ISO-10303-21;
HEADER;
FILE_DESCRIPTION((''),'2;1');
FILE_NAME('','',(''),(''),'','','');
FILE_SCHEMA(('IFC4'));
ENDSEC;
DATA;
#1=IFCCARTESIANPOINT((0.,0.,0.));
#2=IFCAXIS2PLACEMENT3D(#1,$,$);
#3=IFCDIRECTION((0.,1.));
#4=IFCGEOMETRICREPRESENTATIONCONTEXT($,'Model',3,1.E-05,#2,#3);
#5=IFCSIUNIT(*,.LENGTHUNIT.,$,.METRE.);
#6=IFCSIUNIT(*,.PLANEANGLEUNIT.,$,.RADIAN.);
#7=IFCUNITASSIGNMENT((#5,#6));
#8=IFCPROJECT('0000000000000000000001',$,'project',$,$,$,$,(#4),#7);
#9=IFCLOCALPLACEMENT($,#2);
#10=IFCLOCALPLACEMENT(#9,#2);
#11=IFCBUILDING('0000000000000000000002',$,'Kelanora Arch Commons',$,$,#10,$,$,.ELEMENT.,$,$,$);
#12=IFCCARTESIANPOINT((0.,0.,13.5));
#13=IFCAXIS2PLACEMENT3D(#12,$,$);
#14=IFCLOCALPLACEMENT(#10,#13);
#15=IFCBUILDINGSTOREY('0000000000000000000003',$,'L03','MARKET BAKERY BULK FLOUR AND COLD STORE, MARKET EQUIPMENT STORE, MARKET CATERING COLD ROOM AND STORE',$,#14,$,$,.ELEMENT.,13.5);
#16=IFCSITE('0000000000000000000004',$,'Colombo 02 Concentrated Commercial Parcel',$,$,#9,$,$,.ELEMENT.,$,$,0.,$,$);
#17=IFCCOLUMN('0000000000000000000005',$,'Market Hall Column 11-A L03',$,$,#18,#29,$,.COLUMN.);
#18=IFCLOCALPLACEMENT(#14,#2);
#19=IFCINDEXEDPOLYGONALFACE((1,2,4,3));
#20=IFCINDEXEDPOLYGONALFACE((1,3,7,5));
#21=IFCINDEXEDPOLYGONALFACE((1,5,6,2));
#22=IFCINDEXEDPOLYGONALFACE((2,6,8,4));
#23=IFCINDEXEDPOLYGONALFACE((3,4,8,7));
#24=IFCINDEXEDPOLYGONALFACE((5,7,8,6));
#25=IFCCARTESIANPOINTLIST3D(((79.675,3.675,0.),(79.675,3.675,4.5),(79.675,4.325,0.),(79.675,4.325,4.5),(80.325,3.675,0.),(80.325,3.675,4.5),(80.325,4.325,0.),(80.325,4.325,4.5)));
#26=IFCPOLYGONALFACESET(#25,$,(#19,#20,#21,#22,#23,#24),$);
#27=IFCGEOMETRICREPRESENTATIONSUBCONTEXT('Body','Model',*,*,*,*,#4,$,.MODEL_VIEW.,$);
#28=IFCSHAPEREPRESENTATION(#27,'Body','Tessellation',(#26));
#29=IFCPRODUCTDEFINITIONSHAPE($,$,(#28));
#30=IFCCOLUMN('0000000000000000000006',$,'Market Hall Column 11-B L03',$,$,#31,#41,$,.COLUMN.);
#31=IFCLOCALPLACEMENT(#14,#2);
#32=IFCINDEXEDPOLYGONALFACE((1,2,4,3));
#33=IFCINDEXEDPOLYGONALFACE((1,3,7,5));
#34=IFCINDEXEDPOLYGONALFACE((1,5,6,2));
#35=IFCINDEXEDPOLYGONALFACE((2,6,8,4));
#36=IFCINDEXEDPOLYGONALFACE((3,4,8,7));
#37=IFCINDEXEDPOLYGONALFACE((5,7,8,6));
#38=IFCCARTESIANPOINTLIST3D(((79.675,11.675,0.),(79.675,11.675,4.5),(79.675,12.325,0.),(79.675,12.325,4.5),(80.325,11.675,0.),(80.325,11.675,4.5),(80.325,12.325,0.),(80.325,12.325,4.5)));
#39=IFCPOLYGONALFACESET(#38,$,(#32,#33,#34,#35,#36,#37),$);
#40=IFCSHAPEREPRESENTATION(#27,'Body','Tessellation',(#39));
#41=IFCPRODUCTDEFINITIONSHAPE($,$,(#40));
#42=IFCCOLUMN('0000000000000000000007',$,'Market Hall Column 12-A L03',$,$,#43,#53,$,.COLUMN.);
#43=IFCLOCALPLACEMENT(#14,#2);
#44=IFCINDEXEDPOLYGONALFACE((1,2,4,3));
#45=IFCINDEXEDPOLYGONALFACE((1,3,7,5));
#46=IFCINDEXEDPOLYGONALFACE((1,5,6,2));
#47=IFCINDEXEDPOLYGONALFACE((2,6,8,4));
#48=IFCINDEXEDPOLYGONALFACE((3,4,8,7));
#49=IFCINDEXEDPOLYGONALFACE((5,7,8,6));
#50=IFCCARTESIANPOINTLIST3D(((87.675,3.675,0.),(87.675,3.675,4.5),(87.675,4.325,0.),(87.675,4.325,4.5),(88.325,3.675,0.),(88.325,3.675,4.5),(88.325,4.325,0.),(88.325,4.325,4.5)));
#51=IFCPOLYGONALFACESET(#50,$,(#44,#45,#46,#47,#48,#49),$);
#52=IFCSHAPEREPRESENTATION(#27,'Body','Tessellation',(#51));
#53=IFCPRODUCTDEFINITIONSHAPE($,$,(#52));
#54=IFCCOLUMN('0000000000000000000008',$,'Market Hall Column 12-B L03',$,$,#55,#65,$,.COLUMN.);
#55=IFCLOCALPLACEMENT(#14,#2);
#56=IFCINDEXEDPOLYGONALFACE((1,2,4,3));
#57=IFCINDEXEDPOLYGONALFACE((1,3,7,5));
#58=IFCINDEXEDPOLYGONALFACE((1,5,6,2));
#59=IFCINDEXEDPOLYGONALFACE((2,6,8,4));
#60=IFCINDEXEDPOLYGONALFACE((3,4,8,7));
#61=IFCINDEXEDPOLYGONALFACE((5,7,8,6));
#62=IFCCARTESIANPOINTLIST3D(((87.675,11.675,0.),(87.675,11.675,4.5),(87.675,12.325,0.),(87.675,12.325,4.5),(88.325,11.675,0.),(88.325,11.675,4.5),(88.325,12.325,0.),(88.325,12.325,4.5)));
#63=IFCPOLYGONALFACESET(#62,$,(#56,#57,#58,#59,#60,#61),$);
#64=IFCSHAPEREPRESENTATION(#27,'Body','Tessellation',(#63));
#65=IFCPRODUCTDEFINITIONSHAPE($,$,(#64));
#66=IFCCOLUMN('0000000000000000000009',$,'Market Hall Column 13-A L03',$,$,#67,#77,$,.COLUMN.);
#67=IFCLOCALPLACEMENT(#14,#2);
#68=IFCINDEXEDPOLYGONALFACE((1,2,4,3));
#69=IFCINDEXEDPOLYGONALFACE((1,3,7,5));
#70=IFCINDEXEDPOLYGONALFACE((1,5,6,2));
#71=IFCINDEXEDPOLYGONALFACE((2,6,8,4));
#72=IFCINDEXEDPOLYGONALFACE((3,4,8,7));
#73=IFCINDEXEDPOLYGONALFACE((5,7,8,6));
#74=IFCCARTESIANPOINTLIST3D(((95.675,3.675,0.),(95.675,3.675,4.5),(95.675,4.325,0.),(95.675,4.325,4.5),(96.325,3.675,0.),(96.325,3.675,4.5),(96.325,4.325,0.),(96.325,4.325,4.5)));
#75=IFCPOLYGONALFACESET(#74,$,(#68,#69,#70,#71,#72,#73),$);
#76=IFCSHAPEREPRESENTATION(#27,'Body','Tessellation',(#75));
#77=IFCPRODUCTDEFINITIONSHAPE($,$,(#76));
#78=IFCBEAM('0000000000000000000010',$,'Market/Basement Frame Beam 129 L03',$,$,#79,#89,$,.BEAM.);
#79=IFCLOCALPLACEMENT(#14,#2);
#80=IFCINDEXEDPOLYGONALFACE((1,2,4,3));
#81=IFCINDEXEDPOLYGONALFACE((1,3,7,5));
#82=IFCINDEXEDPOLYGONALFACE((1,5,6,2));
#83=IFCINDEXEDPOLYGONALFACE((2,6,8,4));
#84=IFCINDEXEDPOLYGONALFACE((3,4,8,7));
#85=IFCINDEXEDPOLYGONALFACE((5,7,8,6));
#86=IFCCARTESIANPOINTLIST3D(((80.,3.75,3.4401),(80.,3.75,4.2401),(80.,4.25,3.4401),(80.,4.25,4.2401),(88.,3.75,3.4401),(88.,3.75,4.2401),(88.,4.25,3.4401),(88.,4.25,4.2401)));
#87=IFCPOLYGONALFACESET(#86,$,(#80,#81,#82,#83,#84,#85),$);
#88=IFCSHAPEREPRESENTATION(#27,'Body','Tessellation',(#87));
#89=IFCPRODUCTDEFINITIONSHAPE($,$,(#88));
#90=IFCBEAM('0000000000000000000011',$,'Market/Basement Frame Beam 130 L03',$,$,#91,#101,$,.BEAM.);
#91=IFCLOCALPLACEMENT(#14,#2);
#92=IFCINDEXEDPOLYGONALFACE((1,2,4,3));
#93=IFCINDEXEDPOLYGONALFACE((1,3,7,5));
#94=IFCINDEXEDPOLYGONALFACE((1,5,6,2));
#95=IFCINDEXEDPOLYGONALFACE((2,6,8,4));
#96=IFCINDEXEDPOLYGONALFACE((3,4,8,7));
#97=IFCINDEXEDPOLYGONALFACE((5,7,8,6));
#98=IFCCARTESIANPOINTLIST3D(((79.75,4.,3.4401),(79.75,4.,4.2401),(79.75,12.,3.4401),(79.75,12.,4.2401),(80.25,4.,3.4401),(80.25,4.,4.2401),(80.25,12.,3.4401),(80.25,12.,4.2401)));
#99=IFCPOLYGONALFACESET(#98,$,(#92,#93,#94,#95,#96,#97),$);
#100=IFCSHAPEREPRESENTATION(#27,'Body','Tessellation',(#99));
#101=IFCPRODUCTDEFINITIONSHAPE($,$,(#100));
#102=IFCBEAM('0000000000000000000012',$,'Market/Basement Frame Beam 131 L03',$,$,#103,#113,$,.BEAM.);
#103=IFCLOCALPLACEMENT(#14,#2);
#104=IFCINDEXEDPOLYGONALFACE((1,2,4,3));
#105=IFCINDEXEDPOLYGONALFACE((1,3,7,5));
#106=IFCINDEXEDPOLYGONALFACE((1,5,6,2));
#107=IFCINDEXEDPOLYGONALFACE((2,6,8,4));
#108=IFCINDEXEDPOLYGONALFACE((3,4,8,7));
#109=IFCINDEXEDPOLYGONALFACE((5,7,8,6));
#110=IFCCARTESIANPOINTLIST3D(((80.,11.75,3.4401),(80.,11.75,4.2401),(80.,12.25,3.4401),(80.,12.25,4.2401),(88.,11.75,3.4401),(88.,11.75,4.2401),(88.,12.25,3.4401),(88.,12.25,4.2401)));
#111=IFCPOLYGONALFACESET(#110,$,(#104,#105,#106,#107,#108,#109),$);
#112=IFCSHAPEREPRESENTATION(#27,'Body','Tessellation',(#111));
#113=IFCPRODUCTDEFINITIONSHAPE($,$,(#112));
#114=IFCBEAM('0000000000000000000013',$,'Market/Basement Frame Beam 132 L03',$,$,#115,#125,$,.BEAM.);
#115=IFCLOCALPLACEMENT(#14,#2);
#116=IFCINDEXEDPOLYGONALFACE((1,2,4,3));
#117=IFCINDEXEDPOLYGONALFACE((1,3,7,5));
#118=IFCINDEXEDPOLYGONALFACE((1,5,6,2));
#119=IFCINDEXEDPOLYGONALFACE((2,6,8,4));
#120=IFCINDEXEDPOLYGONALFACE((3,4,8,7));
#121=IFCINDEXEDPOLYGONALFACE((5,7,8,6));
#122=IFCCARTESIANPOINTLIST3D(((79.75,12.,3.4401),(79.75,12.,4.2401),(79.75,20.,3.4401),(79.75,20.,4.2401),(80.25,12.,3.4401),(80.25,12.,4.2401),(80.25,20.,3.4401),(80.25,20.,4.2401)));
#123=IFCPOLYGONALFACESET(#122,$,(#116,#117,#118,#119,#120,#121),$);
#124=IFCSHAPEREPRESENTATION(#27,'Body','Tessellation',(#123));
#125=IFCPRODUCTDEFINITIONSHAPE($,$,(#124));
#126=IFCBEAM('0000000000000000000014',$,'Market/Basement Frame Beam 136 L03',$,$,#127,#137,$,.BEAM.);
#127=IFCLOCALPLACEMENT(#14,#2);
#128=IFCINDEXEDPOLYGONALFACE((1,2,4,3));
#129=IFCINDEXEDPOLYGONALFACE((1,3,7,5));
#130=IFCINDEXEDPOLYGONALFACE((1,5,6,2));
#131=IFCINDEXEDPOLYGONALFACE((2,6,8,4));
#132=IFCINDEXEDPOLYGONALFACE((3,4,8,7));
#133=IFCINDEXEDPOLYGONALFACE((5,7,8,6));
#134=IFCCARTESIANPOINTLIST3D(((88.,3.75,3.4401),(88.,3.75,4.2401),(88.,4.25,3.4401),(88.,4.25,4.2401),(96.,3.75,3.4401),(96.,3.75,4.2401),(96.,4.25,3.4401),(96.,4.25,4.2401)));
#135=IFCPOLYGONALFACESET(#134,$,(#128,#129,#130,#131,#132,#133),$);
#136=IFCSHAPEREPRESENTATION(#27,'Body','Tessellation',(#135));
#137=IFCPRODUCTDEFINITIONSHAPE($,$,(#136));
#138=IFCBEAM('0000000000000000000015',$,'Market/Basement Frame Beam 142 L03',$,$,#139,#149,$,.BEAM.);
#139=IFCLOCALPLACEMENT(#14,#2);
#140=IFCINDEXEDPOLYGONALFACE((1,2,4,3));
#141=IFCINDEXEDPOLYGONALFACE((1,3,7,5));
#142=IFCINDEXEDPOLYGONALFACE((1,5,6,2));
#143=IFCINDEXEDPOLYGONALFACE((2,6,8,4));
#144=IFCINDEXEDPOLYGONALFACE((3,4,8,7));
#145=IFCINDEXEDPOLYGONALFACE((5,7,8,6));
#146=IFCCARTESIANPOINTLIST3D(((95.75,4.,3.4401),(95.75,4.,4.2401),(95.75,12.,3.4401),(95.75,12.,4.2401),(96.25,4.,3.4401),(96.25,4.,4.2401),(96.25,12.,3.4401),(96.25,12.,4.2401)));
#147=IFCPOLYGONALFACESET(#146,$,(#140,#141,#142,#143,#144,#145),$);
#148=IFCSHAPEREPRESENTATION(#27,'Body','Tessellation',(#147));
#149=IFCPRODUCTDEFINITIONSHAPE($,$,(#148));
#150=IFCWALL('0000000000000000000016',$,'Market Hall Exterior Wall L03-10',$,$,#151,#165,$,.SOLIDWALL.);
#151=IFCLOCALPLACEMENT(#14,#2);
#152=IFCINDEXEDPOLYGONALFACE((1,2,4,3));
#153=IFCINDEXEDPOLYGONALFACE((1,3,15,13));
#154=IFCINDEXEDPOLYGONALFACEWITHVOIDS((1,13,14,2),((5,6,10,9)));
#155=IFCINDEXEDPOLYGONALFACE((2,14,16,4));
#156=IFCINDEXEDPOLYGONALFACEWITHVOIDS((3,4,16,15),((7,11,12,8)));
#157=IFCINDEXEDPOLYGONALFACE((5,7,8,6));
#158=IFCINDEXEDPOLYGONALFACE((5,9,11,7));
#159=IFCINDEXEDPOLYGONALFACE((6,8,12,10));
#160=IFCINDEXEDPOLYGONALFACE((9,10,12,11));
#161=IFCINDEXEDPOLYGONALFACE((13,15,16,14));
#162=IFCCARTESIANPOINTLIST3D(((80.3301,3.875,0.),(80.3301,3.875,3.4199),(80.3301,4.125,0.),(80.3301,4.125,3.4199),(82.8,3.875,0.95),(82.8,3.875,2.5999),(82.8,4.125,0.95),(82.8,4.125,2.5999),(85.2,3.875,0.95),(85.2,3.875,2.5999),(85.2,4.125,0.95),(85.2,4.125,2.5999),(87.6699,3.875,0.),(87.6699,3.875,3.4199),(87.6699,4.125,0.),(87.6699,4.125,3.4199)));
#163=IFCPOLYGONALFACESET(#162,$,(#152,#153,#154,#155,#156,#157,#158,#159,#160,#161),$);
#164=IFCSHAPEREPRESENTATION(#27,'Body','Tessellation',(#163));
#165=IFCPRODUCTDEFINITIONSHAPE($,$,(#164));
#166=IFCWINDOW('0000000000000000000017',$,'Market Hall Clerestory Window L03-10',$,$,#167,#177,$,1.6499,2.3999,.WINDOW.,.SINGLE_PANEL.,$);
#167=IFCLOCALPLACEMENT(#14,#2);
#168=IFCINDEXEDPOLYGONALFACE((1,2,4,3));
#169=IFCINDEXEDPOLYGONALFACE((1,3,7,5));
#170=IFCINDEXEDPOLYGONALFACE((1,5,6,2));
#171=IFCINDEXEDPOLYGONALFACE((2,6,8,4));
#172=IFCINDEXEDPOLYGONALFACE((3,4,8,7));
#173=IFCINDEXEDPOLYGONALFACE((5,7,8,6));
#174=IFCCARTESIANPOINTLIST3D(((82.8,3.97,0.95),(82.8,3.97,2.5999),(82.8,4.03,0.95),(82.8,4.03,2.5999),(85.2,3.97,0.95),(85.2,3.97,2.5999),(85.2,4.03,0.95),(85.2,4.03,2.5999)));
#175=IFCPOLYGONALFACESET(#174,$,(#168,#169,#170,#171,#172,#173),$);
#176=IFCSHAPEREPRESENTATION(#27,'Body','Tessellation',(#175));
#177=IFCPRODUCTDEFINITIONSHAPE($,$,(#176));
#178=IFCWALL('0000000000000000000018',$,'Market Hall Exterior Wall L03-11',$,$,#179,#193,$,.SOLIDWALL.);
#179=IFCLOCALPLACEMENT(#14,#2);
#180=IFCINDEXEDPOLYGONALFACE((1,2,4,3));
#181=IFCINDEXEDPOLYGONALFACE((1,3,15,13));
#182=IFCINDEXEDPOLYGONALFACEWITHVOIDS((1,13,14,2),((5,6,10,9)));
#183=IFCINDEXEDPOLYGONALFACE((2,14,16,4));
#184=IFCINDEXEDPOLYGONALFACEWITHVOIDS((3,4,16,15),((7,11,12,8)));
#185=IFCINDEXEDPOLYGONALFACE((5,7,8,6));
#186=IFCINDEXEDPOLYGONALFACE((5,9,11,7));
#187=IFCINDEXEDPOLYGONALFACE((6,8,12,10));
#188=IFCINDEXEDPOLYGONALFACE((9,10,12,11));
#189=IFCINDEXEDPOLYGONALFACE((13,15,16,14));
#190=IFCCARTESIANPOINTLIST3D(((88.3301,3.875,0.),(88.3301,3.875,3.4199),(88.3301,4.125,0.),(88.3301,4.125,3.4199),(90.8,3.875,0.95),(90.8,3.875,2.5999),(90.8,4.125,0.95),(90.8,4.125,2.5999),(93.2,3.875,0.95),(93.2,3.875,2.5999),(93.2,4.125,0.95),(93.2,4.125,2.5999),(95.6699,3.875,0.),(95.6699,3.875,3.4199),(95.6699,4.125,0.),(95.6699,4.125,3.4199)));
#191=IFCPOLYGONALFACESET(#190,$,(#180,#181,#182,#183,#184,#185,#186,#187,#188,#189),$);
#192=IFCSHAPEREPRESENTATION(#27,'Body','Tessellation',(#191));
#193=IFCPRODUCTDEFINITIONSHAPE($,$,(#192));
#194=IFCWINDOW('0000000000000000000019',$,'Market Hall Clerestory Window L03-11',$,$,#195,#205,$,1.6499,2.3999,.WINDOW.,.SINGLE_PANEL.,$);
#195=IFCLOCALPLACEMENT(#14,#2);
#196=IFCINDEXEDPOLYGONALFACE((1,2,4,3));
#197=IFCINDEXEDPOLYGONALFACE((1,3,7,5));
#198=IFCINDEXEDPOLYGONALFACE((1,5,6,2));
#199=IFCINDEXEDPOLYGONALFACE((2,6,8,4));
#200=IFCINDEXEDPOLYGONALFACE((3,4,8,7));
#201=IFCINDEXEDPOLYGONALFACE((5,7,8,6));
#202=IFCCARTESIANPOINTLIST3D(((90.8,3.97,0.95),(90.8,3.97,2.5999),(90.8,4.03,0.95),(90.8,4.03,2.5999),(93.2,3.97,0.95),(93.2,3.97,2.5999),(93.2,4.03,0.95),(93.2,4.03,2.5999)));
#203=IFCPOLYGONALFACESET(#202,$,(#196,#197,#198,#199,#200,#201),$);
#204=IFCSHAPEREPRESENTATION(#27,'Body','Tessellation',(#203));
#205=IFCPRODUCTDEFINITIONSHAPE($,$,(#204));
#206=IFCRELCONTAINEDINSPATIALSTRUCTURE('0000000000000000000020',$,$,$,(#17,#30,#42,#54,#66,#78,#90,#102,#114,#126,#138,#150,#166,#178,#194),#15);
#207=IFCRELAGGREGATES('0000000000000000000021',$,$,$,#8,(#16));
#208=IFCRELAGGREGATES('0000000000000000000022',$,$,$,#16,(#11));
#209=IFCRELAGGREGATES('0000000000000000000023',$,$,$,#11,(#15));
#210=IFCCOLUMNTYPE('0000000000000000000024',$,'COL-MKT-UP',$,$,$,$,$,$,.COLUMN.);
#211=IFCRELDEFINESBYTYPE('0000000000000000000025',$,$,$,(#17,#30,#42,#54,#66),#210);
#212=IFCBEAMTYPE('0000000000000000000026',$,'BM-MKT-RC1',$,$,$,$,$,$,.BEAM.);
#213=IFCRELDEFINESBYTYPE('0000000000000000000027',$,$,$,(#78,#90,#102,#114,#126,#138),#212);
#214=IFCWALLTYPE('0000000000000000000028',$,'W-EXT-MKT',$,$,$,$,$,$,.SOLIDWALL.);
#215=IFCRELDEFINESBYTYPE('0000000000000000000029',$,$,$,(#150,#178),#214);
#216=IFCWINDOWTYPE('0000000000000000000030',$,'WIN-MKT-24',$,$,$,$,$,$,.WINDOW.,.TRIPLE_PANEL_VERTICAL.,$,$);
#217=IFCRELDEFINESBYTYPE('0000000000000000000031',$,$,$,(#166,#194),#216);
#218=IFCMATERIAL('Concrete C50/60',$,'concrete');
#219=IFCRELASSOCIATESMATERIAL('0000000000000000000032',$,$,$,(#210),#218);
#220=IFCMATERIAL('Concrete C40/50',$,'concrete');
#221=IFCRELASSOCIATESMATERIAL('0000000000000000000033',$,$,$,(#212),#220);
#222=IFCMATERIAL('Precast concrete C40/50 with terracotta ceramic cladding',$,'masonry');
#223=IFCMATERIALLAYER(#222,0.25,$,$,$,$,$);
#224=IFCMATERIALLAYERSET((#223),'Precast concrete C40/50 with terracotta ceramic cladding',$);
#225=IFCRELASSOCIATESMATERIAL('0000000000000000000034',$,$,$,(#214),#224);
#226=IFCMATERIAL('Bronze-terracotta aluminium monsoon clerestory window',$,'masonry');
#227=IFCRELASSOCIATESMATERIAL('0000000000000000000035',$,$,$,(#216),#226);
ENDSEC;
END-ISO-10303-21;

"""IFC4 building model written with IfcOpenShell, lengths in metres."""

from ifc_helpers import new_model, si_unit, direction, frame, frame_2d, origin, origin_2d, place, context, subcontext, project, spatial, rectangle, extrude, material, layer, layer_set, material_profile, profile_set, type_object, element, fill, save


model = new_model("IFC4")

# Units and contexts
model_context = context("Model", 3, precision=1e-05, world=origin(), true_north=direction((0.0, 1.0)))
body_context = subcontext(model_context, "Body", "Model", "MODEL_VIEW")
ifc_project = project(units=[si_unit("LENGTHUNIT", "METRE"), si_unit("PLANEANGLEUNIT", "RADIAN")], contexts=[model_context])

# Site, building, storey
site_placement = place(None, origin())
site = spatial("IfcSite", under=ifc_project, at=site_placement, Name="Colombo 02 Concentrated Commercial Parcel", CompositionType="ELEMENT", RefElevation=0.0)
building_placement = place(site_placement, origin())
building = spatial("IfcBuilding", under=site, at=building_placement, Name="Kelanora Arch Commons", CompositionType="ELEMENT")
storey_placement = place(building_placement, frame((0.0, 0.0, 13.5)))
storey = spatial("IfcBuildingStorey", under=building, at=storey_placement, Name="L03", Description="MARKET BAKERY BULK FLOUR AND COLD STORE, MARKET EQUIPMENT STORE, MARKET CATERING COLD ROOM AND STORE", CompositionType="ELEMENT", Elevation=13.5)

# Columns
ifc_material_1 = material(Name="Concrete C50/60", Category="concrete")
ifc_material_profile_1 = material_profile(ifc_material_1, rectangle(XDim=0.6499, YDim=0.6499, at=origin_2d()), Name="RC650x650")
ifc_profile_set_1 = profile_set([ifc_material_profile_1], Name="Concrete C50/60")
column_type = type_object("IfcColumnType", Name="COL-MKT-UP", PredefinedType="COLUMN", material=ifc_profile_set_1)
for number, where, z_axis, x_axis, name in (
    (1, (80.0, 4.0, 0.0), (0.0, 0.0, 1.0), (1.0, 0.0, 0.0), "Market Hall Column 11-A L03"),
    (2, (80.0, 12.0, 0.0), (0.0, 0.0, 1.0), (1.0, 0.0, 0.0), "Market Hall Column 11-B L03"),
    (3, (88.0, 4.0, 0.0), (0.0, 0.0, 1.0), (1.0, 0.0, 0.0), "Market Hall Column 12-A L03"),
    (4, (88.0, 12.0, 0.0), (0.0, 0.0, 1.0), (1.0, 0.0, 0.0), "Market Hall Column 12-B L03"),
    (5, (96.0, 4.0, 0.0), (0.0, 0.0, 1.0), (1.0, 0.0, 0.0), "Market Hall Column 13-A L03"),
):
    element("IfcColumn", number, at=place(storey_placement, frame(where, z_axis=z_axis, x_axis=x_axis)), inside=storey, type_object=column_type, Name=name, PredefinedType="COLUMN", context=body_context, shape_type="SweptSolid", body=[
        extrude(rectangle(XDim=0.6499, YDim=0.6499, at=origin_2d()), origin(), (0.0, 0.0, 1.0), 4.5),
    ])

# Beams
ifc_material_2 = material(Name="Concrete C40/50", Category="concrete")
ifc_material_profile_2 = material_profile(ifc_material_2, rectangle(XDim=0.5, YDim=0.8, at=origin_2d()), Name="RCB500x800")
ifc_profile_set_2 = profile_set([ifc_material_profile_2], Name="Concrete C40/50")
beam_type = type_object("IfcBeamType", Name="BM-MKT-RC1", PredefinedType="BEAM", material=ifc_profile_set_2)
for number, where, z_axis, x_axis, name in (
    (6, (80.0, 4.0, 3.8401), (1.0, 0.0, 0.0), (0.0, 1.0, 0.0), "Market/Basement Frame Beam 129 L03"),
    (7, (80.0, 4.0, 3.8401), (0.0, 1.0, 0.0), (-1.0, 0.0, 0.0), "Market/Basement Frame Beam 130 L03"),
    (8, (80.0, 12.0, 3.8401), (1.0, 0.0, 0.0), (0.0, 1.0, 0.0), "Market/Basement Frame Beam 131 L03"),
    (9, (80.0, 12.0, 3.8401), (0.0, 1.0, 0.0), (-1.0, 0.0, 0.0), "Market/Basement Frame Beam 132 L03"),
    (10, (88.0, 4.0, 3.8401), (1.0, 0.0, 0.0), (0.0, 1.0, 0.0), "Market/Basement Frame Beam 136 L03"),
    (11, (96.0, 4.0, 3.8401), (0.0, 1.0, 0.0), (-1.0, 0.0, 0.0), "Market/Basement Frame Beam 142 L03"),
):
    element("IfcBeam", number, at=place(storey_placement, frame(where, z_axis=z_axis, x_axis=x_axis)), inside=storey, type_object=beam_type, Name=name, PredefinedType="BEAM", context=body_context, shape_type="SweptSolid", body=[
        extrude(rectangle(XDim=0.5, YDim=0.8, at=origin_2d()), origin(), (0.0, 0.0, 1.0), 8.0),
    ])

# Walls, openings, windows
ifc_material_3 = material(Name="Precast concrete C40/50 with terracotta ceramic cladding", Category="masonry")
ifc_layer_1 = layer(ifc_material_3, 0.25)
ifc_layer_set_1 = layer_set([ifc_layer_1], Name="Precast concrete C40/50 with terracotta ceramic cladding")
wall_type_1 = type_object("IfcWallType", Name="W-EXT-MKT", PredefinedType="SOLIDWALL", material=ifc_layer_set_1)
wall_1_placement = place(storey_placement, frame((80.3301, 4.0, 0.0), z_axis=(0.0, 0.0, 1.0), x_axis=(1.0, 0.0, 0.0)))
wall_1 = element("IfcWall", 12, at=wall_1_placement, inside=storey, type_object=wall_type_1, Name="Market Hall Exterior Wall L03-10", PredefinedType="SOLIDWALL", context=body_context, shape_type="SweptSolid", body=[
    extrude(rectangle(XDim=7.3398, YDim=0.25, at=frame_2d((3.6699, 0.0))), origin(), (0.0, 0.0, 1.0), 3.4199),
])
opening_1_placement = place(wall_1_placement, frame((2.47, 0.0, 0.95)))
opening_1 = element("IfcOpeningElement", 13, at=opening_1_placement, cuts=wall_1, PredefinedType="OPENING", context=body_context, shape_type="SweptSolid", body=[
    extrude(rectangle(XDim=2.3999, YDim=1.6499, at=frame_2d((1.2, 0.825))), frame((0.0, 0.135, 0.0), z_axis=(0.0, -1.0, 0.0), x_axis=(1.0, 0.0, 0.0)), (0.0, 0.0, 1.0), 0.27),
])
ifc_material_4 = material(Name="Bronze-terracotta aluminium monsoon clerestory window", Category="masonry")
window_type = type_object("IfcWindowType", Name="WIN-MKT-24", PartitioningType="TRIPLE_PANEL_VERTICAL", PredefinedType="WINDOW", material=ifc_material_4)
window_1_placement = place(opening_1_placement, origin())
window_1 = element("IfcWindow", 14, at=window_1_placement, inside=storey, type_object=window_type, Name="Market Hall Clerestory Window L03-10", OverallHeight=1.6499, OverallWidth=2.3999, PartitioningType="SINGLE_PANEL", PredefinedType="WINDOW", context=body_context, shape_type="SweptSolid", body=[
    extrude(rectangle(XDim=2.3999, YDim=1.6499, at=frame_2d((1.2, 0.825))), frame((0.0, 0.03, 0.0), z_axis=(0.0, -1.0, 0.0), x_axis=(1.0, 0.0, 0.0)), (0.0, 0.0, 1.0), 0.0601),
])
fill(opening_1, window_1)
wall_2_placement = place(storey_placement, frame((88.3301, 4.0, 0.0), z_axis=(0.0, 0.0, 1.0), x_axis=(1.0, 0.0, 0.0)))
wall_2 = element("IfcWall", 15, at=wall_2_placement, inside=storey, type_object=wall_type_1, Name="Market Hall Exterior Wall L03-11", PredefinedType="SOLIDWALL", context=body_context, shape_type="SweptSolid", body=[
    extrude(rectangle(XDim=7.3398, YDim=0.25, at=frame_2d((3.6699, 0.0))), origin(), (0.0, 0.0, 1.0), 3.4199),
])
opening_2_placement = place(wall_2_placement, frame((2.47, 0.0, 0.95)))
opening_2 = element("IfcOpeningElement", 16, at=opening_2_placement, cuts=wall_2, PredefinedType="OPENING", context=body_context, shape_type="SweptSolid", body=[
    extrude(rectangle(XDim=2.3999, YDim=1.6499, at=frame_2d((1.2, 0.825))), frame((0.0, 0.135, 0.0), z_axis=(0.0, -1.0, 0.0), x_axis=(1.0, 0.0, 0.0)), (0.0, 0.0, 1.0), 0.27),
])
window_2_placement = place(opening_2_placement, origin())
window_2 = element("IfcWindow", 17, at=window_2_placement, inside=storey, type_object=window_type, Name="Market Hall Clerestory Window L03-11", OverallHeight=1.6499, OverallWidth=2.3999, PartitioningType="SINGLE_PANEL", PredefinedType="WINDOW", context=body_context, shape_type="SweptSolid", body=[
    extrude(rectangle(XDim=2.3999, YDim=1.6499, at=frame_2d((1.2, 0.825))), frame((0.0, 0.03, 0.0), z_axis=(0.0, -1.0, 0.0), x_axis=(1.0, 0.0, 0.0)), (0.0, 0.0, 1.0), 0.0601),
])
fill(opening_2, window_2)

save(model, "model.ifc")
